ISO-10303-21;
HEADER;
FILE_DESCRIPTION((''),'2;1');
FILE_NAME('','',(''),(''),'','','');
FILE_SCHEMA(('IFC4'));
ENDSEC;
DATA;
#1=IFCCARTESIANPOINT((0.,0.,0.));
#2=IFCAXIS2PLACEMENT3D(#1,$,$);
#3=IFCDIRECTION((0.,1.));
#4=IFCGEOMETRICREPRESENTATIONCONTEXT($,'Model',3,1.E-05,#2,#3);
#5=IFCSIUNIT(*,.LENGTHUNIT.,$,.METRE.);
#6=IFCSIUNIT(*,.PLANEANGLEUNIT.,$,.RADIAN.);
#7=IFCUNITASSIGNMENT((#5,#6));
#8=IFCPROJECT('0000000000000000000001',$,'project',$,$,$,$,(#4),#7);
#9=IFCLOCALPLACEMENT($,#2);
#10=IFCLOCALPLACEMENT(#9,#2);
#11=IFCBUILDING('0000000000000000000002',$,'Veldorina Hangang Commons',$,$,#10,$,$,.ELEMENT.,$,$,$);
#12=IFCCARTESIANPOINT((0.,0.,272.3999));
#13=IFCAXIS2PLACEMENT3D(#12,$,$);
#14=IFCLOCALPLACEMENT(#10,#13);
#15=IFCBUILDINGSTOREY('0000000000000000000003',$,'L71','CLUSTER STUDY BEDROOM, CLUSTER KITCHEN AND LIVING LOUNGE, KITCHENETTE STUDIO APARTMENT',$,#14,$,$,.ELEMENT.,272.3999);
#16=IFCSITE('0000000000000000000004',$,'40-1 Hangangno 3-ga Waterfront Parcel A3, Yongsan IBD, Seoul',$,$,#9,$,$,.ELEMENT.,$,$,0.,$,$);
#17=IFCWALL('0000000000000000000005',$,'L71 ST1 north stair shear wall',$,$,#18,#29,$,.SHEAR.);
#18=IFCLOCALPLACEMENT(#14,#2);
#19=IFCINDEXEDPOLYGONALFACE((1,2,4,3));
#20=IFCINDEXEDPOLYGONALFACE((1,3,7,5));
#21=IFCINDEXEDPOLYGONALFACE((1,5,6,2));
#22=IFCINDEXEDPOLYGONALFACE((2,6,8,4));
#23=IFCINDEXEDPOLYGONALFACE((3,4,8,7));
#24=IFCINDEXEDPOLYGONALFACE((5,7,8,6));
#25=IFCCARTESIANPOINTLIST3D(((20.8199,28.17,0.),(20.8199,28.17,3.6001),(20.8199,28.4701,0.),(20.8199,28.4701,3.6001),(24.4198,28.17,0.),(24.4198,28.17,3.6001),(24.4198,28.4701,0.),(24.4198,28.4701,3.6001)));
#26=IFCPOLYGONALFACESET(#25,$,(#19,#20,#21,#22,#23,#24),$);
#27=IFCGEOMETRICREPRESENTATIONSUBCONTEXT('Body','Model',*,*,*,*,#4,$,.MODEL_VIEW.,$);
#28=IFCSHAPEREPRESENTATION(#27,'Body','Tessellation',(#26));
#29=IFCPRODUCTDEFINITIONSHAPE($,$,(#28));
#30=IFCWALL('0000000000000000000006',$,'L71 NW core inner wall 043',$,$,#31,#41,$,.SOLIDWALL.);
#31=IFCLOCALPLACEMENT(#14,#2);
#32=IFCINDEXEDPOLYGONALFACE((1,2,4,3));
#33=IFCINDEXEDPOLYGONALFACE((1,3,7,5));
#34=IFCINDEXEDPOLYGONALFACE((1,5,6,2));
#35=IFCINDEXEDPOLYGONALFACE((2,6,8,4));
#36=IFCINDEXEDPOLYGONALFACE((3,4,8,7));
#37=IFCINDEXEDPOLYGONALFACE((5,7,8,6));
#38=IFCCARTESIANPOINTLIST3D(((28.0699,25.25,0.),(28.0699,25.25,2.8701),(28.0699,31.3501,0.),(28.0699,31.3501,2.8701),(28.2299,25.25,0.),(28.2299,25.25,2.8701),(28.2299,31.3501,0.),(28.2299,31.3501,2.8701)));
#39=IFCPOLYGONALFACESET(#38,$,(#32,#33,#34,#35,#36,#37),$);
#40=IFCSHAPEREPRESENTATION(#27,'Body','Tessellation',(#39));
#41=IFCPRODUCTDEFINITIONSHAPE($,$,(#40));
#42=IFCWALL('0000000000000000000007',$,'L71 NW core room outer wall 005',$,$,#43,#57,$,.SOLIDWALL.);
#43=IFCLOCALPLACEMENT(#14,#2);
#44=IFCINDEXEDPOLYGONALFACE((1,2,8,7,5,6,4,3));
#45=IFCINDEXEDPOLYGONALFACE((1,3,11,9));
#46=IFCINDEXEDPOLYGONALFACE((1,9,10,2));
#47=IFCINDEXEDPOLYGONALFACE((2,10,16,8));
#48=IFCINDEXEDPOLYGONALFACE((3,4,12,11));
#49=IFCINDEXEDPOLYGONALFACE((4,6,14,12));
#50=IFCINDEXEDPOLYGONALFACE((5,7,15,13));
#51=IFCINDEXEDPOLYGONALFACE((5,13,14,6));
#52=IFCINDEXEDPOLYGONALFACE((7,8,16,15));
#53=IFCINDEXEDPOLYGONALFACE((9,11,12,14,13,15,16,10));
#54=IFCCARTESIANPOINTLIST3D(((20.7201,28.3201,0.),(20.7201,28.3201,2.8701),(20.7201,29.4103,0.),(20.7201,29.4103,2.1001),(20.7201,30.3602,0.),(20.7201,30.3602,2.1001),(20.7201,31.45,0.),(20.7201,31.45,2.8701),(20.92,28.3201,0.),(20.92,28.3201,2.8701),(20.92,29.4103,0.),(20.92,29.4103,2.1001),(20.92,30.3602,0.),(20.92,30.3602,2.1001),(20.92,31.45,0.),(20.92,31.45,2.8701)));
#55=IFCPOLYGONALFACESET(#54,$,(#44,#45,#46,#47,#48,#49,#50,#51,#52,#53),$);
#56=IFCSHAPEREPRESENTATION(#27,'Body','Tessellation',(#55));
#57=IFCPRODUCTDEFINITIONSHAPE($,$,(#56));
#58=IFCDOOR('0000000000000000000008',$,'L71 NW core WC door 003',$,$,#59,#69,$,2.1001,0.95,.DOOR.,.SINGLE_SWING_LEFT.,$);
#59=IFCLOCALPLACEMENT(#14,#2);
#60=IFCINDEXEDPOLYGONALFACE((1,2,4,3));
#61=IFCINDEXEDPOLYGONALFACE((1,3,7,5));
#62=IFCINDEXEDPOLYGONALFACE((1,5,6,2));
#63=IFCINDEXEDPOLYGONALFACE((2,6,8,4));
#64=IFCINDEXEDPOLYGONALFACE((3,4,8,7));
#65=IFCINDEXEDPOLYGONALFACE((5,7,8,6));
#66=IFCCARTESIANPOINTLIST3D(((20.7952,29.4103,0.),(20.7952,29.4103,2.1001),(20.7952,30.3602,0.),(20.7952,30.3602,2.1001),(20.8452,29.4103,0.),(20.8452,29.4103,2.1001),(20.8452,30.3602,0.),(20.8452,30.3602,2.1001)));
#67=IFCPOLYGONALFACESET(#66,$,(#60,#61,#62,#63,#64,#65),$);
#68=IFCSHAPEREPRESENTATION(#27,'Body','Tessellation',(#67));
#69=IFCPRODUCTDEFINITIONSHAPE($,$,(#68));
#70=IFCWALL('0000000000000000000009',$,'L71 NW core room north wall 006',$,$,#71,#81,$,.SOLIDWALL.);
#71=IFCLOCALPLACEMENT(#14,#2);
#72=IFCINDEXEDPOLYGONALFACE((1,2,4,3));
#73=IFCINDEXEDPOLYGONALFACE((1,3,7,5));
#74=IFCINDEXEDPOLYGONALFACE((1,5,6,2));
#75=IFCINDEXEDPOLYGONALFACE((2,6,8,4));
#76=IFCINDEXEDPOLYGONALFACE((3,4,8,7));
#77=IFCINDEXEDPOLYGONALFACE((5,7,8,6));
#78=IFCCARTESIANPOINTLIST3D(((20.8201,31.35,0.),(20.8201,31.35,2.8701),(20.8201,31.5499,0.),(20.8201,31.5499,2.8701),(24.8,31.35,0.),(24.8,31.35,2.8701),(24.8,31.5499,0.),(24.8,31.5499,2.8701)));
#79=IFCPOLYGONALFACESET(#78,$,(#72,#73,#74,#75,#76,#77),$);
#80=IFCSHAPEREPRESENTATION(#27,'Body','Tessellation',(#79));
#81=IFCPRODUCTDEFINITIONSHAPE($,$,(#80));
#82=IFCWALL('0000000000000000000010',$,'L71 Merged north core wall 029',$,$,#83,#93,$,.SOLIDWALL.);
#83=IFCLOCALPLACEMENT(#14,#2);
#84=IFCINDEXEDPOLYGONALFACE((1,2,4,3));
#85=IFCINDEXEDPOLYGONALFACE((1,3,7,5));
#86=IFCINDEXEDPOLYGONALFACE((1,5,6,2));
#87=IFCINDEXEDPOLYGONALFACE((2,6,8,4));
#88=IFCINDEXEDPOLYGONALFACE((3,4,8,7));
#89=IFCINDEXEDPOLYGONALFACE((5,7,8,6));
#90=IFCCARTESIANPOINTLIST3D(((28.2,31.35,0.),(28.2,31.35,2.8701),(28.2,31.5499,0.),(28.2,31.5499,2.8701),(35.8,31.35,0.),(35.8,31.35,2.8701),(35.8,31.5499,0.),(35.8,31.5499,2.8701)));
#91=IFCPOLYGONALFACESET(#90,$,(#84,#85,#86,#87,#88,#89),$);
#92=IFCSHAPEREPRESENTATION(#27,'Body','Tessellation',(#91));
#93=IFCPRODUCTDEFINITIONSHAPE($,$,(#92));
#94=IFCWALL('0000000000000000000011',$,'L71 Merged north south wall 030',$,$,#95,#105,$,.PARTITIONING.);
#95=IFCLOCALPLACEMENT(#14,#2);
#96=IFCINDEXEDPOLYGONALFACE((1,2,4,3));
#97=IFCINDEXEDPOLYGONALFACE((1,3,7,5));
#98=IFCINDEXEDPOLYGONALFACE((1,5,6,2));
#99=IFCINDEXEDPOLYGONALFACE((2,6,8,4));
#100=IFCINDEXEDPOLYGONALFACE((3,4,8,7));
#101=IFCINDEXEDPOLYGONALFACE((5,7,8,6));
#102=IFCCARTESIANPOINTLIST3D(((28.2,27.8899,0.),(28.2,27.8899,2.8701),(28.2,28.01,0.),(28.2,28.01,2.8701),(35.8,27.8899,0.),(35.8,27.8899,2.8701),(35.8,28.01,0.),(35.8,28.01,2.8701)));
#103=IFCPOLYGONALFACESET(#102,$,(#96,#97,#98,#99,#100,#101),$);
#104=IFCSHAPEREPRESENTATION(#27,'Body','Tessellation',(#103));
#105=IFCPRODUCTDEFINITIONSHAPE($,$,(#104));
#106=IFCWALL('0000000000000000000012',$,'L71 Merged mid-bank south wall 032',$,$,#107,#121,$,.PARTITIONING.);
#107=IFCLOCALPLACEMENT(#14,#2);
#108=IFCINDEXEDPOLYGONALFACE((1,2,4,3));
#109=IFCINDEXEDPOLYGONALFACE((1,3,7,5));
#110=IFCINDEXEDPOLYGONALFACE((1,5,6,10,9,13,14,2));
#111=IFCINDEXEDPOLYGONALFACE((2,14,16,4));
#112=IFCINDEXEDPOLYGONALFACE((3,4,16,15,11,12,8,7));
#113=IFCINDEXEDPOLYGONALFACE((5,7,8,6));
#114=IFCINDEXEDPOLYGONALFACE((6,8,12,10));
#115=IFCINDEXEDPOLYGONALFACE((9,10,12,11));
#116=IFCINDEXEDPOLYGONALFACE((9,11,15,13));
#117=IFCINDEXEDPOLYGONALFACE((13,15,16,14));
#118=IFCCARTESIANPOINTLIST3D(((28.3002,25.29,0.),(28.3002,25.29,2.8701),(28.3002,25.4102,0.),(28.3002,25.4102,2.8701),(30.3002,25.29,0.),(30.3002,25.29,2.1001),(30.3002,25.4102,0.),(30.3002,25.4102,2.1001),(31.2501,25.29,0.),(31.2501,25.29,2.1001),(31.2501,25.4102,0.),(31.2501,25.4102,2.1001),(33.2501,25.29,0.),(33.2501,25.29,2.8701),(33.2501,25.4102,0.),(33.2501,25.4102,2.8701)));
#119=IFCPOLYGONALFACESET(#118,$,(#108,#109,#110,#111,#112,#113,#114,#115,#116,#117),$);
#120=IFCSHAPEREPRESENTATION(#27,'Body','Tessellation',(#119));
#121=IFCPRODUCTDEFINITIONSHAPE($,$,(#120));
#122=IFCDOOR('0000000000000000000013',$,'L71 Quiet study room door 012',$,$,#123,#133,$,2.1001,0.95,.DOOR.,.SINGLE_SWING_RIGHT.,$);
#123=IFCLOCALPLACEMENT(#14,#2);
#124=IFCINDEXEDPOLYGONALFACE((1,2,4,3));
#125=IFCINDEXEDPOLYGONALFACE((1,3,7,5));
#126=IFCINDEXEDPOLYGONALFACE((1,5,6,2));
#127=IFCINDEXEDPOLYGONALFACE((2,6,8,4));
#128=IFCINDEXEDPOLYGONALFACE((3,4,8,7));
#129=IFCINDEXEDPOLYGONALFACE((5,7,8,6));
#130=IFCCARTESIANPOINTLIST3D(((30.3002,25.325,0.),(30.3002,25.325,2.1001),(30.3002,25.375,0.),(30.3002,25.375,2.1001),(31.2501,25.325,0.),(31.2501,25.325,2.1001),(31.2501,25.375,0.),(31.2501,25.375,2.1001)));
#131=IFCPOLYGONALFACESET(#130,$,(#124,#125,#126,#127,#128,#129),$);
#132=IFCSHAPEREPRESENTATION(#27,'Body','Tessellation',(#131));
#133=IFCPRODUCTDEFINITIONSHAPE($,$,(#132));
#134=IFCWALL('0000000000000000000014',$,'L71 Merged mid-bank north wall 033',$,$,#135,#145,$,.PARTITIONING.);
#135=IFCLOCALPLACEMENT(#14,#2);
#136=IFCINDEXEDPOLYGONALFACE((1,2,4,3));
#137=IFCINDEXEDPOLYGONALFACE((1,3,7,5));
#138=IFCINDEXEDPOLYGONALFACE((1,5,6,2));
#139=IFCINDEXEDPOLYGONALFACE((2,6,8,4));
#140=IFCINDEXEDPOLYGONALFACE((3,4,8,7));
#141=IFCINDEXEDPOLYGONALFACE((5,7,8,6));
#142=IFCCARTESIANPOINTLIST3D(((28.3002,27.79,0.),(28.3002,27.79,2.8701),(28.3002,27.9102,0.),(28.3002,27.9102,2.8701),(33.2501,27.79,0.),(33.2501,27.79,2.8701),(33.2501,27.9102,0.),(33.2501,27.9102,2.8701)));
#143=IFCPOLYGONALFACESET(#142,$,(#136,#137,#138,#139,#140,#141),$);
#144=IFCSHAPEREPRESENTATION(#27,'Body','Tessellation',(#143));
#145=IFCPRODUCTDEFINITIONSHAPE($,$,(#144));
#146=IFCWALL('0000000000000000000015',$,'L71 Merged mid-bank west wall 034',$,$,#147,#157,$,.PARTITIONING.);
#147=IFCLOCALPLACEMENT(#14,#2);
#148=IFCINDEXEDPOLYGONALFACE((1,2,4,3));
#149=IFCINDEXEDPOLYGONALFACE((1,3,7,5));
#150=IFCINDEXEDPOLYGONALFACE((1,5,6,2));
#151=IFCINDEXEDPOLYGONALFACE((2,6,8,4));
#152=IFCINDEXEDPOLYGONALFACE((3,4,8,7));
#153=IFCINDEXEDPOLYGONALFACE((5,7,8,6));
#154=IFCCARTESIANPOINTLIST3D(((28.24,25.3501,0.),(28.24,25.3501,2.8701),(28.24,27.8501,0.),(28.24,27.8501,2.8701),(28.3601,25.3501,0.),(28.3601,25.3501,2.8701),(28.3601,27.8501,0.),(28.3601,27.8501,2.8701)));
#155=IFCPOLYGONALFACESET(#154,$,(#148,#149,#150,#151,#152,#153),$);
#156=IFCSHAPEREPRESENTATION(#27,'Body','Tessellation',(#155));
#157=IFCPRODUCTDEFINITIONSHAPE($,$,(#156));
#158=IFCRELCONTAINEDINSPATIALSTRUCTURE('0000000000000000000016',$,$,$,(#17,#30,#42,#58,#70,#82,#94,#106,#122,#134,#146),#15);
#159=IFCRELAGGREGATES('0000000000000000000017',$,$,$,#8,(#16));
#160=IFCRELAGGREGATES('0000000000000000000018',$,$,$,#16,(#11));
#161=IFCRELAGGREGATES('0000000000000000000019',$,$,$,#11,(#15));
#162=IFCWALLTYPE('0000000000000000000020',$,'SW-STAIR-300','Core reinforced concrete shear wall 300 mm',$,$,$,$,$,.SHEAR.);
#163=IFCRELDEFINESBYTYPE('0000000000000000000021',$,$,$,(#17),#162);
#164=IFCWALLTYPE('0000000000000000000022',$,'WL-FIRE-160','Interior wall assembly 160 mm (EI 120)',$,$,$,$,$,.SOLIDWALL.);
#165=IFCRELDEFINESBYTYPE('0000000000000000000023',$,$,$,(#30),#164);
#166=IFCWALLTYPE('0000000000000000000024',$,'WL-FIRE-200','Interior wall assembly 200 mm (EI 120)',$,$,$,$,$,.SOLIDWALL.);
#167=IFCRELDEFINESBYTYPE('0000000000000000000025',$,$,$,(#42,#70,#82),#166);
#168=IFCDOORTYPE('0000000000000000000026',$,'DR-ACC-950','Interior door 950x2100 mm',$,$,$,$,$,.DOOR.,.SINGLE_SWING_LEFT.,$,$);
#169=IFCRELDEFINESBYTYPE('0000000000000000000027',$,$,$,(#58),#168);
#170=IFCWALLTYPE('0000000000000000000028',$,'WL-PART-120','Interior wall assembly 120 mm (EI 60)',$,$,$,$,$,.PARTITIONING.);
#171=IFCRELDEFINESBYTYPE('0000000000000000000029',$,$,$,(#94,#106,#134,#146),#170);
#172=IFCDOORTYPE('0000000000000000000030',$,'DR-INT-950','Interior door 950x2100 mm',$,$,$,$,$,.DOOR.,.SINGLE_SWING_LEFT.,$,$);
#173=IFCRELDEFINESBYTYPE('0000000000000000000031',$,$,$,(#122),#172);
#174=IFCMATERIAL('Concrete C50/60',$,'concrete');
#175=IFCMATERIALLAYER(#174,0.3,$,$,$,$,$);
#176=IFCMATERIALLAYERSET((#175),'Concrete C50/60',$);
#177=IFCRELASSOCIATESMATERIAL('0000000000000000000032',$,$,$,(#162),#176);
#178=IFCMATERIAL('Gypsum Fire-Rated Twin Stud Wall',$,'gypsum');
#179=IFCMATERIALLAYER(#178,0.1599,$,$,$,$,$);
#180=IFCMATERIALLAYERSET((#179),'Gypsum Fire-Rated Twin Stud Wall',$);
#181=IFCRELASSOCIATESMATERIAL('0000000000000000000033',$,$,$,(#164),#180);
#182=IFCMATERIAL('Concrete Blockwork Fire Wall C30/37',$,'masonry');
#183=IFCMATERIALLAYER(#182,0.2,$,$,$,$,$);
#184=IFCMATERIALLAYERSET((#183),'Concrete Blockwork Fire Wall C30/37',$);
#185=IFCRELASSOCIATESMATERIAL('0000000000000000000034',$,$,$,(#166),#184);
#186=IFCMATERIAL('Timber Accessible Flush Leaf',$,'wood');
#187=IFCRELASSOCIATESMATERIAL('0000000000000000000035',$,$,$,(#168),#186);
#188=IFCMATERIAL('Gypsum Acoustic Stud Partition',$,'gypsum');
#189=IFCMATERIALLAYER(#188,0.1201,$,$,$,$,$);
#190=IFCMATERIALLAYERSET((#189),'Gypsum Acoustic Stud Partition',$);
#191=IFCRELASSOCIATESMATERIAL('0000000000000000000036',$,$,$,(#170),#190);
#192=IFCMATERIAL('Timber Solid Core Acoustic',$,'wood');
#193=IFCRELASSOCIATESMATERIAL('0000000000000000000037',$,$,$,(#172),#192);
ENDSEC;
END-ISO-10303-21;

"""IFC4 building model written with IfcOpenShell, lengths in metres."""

from ifc_helpers import new_model, si_unit, direction, frame, frame_2d, origin, place, context, subcontext, project, spatial, rectangle, extrude, material, layer, layer_set, type_object, element, fill, save


model = new_model("IFC4")

# Units and contexts
model_context = context("Model", 3, precision=1e-05, world=origin(), true_north=direction((0.0, 1.0)))
body_context = subcontext(model_context, "Body", "Model", "MODEL_VIEW")
ifc_project = project(units=[si_unit("LENGTHUNIT", "METRE"), si_unit("PLANEANGLEUNIT", "RADIAN")], contexts=[model_context])

# Site, building, storey
site_placement = place(None, origin())
site = spatial("IfcSite", under=ifc_project, at=site_placement, Name="40-1 Hangangno 3-ga Waterfront Parcel A3, Yongsan IBD, Seoul", CompositionType="ELEMENT", RefElevation=0.0)
building_placement = place(site_placement, origin())
building = spatial("IfcBuilding", under=site, at=building_placement, Name="Veldorina Hangang Commons", CompositionType="ELEMENT")
storey_placement = place(building_placement, frame((0.0, 0.0, 272.3999)))
storey = spatial("IfcBuildingStorey", under=building, at=storey_placement, Name="L71", Description="CLUSTER STUDY BEDROOM, CLUSTER KITCHEN AND LIVING LOUNGE, KITCHENETTE STUDIO APARTMENT", CompositionType="ELEMENT", Elevation=272.3999)

# Shared definitions
ifc_material_1 = material(Name="Concrete C50/60", Category="concrete")

# Walls
ifc_layer_1 = layer(ifc_material_1, 0.3)
ifc_layer_set_1 = layer_set([ifc_layer_1], Name="Concrete C50/60")
wall_type_1 = type_object("IfcWallType", Name="SW-STAIR-300", Description="Core reinforced concrete shear wall 300 mm", PredefinedType="SHEAR", material=ifc_layer_set_1)
wall_1_placement = place(storey_placement, frame((20.8201, 28.3201, 0.0), z_axis=(0.0, 0.0, 1.0), x_axis=(1.0, 0.0, 0.0)))
element("IfcWall", 1, at=wall_1_placement, inside=storey, type_object=wall_type_1, Name="L71 ST1 north stair shear wall", PredefinedType="SHEAR", context=body_context, shape_type="SweptSolid", body=[
    extrude(rectangle(XDim=3.5999, YDim=0.3, at=frame_2d((1.7998, 0.0))), origin(), (0.0, 0.0, 1.0), 3.6001),
])
ifc_material_2 = material(Name="Gypsum Fire-Rated Twin Stud Wall", Category="gypsum")
ifc_layer_2 = layer(ifc_material_2, 0.1599)
ifc_layer_set_2 = layer_set([ifc_layer_2], Name="Gypsum Fire-Rated Twin Stud Wall")
wall_type_2 = type_object("IfcWallType", Name="WL-FIRE-160", Description="Interior wall assembly 160 mm (EI 120)", PredefinedType="SOLIDWALL", material=ifc_layer_set_2)
wall_2_placement = place(storey_placement, frame((28.1499, 25.25, 0.0), z_axis=(0.0, 0.0, 1.0), x_axis=(0.0, 1.0, 0.0)))
element("IfcWall", 2, at=wall_2_placement, inside=storey, type_object=wall_type_2, Name="L71 NW core inner wall 043", PredefinedType="SOLIDWALL", context=body_context, shape_type="SweptSolid", body=[
    extrude(rectangle(XDim=6.1001, YDim=0.1599, at=frame_2d((3.05, 0.0))), origin(), (0.0, 0.0, 1.0), 2.8701),
])

# Wall, opening, door
ifc_material_3 = material(Name="Concrete Blockwork Fire Wall C30/37", Category="masonry")
ifc_layer_3 = layer(ifc_material_3, 0.2)
ifc_layer_set_3 = layer_set([ifc_layer_3], Name="Concrete Blockwork Fire Wall C30/37")
wall_type_3 = type_object("IfcWallType", Name="WL-FIRE-200", Description="Interior wall assembly 200 mm (EI 120)", PredefinedType="SOLIDWALL", material=ifc_layer_set_3)
wall_3_placement = place(storey_placement, frame((20.8201, 28.3201, 0.0), z_axis=(0.0, 0.0, 1.0), x_axis=(0.0, 1.0, 0.0)))
wall_3 = element("IfcWall", 3, at=wall_3_placement, inside=storey, type_object=wall_type_3, Name="L71 NW core room outer wall 005", PredefinedType="SOLIDWALL", context=body_context, shape_type="SweptSolid", body=[
    extrude(rectangle(XDim=3.1299, YDim=0.2, at=frame_2d((1.5649, 0.0))), origin(), (0.0, 0.0, 1.0), 2.8701),
])
opening_1_placement = place(wall_3_placement, frame((1.0901, 0.0, 0.0)))
opening_1 = element("IfcOpeningElement", 4, at=opening_1_placement, cuts=wall_3, PredefinedType="OPENING", context=body_context, shape_type="SweptSolid", body=[
    extrude(rectangle(XDim=0.95, YDim=2.1001, at=frame_2d((0.4751, 1.05))), frame((0.0, 0.1099, 0.0), z_axis=(0.0, -1.0, 0.0), x_axis=(1.0, 0.0, 0.0)), (0.0, 0.0, 1.0), 0.22),
])
ifc_material_4 = material(Name="Timber Accessible Flush Leaf", Category="wood")
door_type_1 = type_object("IfcDoorType", Name="DR-ACC-950", Description="Interior door 950x2100 mm", OperationType="SINGLE_SWING_LEFT", PredefinedType="DOOR", material=ifc_material_4)
door_1_placement = place(opening_1_placement, origin())
door_1 = element("IfcDoor", 5, at=door_1_placement, inside=storey, type_object=door_type_1, Name="L71 NW core WC door 003", OperationType="SINGLE_SWING_LEFT", OverallHeight=2.1001, OverallWidth=0.95, PredefinedType="DOOR", context=body_context, shape_type="SweptSolid", body=[
    extrude(rectangle(XDim=0.95, YDim=2.1001, at=frame_2d((0.4751, 1.05))), frame((0.0, 0.0249, 0.0), z_axis=(0.0, -1.0, 0.0), x_axis=(1.0, 0.0, 0.0)), (0.0, 0.0, 1.0), 0.05),
])
fill(opening_1, door_1)

# Walls
wall_4_placement = place(storey_placement, frame((20.8201, 31.45, 0.0), z_axis=(0.0, 0.0, 1.0), x_axis=(1.0, 0.0, 0.0)))
element("IfcWall", 6, at=wall_4_placement, inside=storey, type_object=wall_type_3, Name="L71 NW core room north wall 006", PredefinedType="SOLIDWALL", context=body_context, shape_type="SweptSolid", body=[
    extrude(rectangle(XDim=3.98, YDim=0.2, at=frame_2d((1.99, 0.0))), origin(), (0.0, 0.0, 1.0), 2.8701),
])
wall_5_placement = place(storey_placement, frame((28.2, 31.45, 0.0), z_axis=(0.0, 0.0, 1.0), x_axis=(1.0, 0.0, 0.0)))
element("IfcWall", 7, at=wall_5_placement, inside=storey, type_object=wall_type_3, Name="L71 Merged north core wall 029", PredefinedType="SOLIDWALL", context=body_context, shape_type="SweptSolid", body=[
    extrude(rectangle(XDim=7.6001, YDim=0.2, at=frame_2d((3.8, 0.0))), origin(), (0.0, 0.0, 1.0), 2.8701),
])
ifc_material_5 = material(Name="Gypsum Acoustic Stud Partition", Category="gypsum")
ifc_layer_4 = layer(ifc_material_5, 0.1201)
ifc_layer_set_4 = layer_set([ifc_layer_4], Name="Gypsum Acoustic Stud Partition")
wall_type_4 = type_object("IfcWallType", Name="WL-PART-120", Description="Interior wall assembly 120 mm (EI 60)", PredefinedType="PARTITIONING", material=ifc_layer_set_4)
wall_6_placement = place(storey_placement, frame((28.2, 27.95, 0.0), z_axis=(0.0, 0.0, 1.0), x_axis=(1.0, 0.0, 0.0)))
element("IfcWall", 8, at=wall_6_placement, inside=storey, type_object=wall_type_4, Name="L71 Merged north south wall 030", PredefinedType="PARTITIONING", context=body_context, shape_type="SweptSolid", body=[
    extrude(rectangle(XDim=7.6001, YDim=0.1201, at=frame_2d((3.8, 0.0))), origin(), (0.0, 0.0, 1.0), 2.8701),
])

# Wall, opening, door
wall_7_placement = place(storey_placement, frame((28.3, 25.3501, 0.0), z_axis=(0.0, 0.0, 1.0), x_axis=(1.0, 0.0, 0.0)))
wall_7 = element("IfcWall", 9, at=wall_7_placement, inside=storey, type_object=wall_type_4, Name="L71 Merged mid-bank south wall 032", PredefinedType="PARTITIONING", context=body_context, shape_type="SweptSolid", body=[
    extrude(rectangle(XDim=4.95, YDim=0.1201, at=frame_2d((2.4751, 0.0))), origin(), (0.0, 0.0, 1.0), 2.8701),
])
opening_2_placement = place(wall_7_placement, frame((2.0, 0.0, 0.0)))
opening_2 = element("IfcOpeningElement", 10, at=opening_2_placement, cuts=wall_7, PredefinedType="OPENING", context=body_context, shape_type="SweptSolid", body=[
    extrude(rectangle(XDim=0.95, YDim=2.1001, at=frame_2d((0.4751, 1.05))), frame((0.0, 0.0701, 0.0), z_axis=(0.0, -1.0, 0.0), x_axis=(1.0, 0.0, 0.0)), (0.0, 0.0, 1.0), 0.1401),
])
ifc_material_6 = material(Name="Timber Solid Core Acoustic", Category="wood")
door_type_2 = type_object("IfcDoorType", Name="DR-INT-950", Description="Interior door 950x2100 mm", OperationType="SINGLE_SWING_LEFT", PredefinedType="DOOR", material=ifc_material_6)
door_2_placement = place(opening_2_placement, origin())
door_2 = element("IfcDoor", 11, at=door_2_placement, inside=storey, type_object=door_type_2, Name="L71 Quiet study room door 012", OperationType="SINGLE_SWING_RIGHT", OverallHeight=2.1001, OverallWidth=0.95, PredefinedType="DOOR", context=body_context, shape_type="SweptSolid", body=[
    extrude(rectangle(XDim=0.95, YDim=2.1001, at=frame_2d((0.4751, 1.05))), frame((0.0, 0.0249, 0.0), z_axis=(0.0, -1.0, 0.0), x_axis=(1.0, 0.0, 0.0)), (0.0, 0.0, 1.0), 0.05),
])
fill(opening_2, door_2)

# Walls
wall_8_placement = place(storey_placement, frame((28.3, 27.8501, 0.0), z_axis=(0.0, 0.0, 1.0), x_axis=(1.0, 0.0, 0.0)))
element("IfcWall", 12, at=wall_8_placement, inside=storey, type_object=wall_type_4, Name="L71 Merged mid-bank north wall 033", PredefinedType="PARTITIONING", context=body_context, shape_type="SweptSolid", body=[
    extrude(rectangle(XDim=4.95, YDim=0.1201, at=frame_2d((2.4751, 0.0))), origin(), (0.0, 0.0, 1.0), 2.8701),
])
wall_9_placement = place(storey_placement, frame((28.3, 25.3501, 0.0), z_axis=(0.0, 0.0, 1.0), x_axis=(0.0, 1.0, 0.0)))
element("IfcWall", 13, at=wall_9_placement, inside=storey, type_object=wall_type_4, Name="L71 Merged mid-bank west wall 034", PredefinedType="PARTITIONING", context=body_context, shape_type="SweptSolid", body=[
    extrude(rectangle(XDim=2.5, YDim=0.1201, at=frame_2d((1.25, 0.0))), origin(), (0.0, 0.0, 1.0), 2.8701),
])

save(model, "model.ifc")
